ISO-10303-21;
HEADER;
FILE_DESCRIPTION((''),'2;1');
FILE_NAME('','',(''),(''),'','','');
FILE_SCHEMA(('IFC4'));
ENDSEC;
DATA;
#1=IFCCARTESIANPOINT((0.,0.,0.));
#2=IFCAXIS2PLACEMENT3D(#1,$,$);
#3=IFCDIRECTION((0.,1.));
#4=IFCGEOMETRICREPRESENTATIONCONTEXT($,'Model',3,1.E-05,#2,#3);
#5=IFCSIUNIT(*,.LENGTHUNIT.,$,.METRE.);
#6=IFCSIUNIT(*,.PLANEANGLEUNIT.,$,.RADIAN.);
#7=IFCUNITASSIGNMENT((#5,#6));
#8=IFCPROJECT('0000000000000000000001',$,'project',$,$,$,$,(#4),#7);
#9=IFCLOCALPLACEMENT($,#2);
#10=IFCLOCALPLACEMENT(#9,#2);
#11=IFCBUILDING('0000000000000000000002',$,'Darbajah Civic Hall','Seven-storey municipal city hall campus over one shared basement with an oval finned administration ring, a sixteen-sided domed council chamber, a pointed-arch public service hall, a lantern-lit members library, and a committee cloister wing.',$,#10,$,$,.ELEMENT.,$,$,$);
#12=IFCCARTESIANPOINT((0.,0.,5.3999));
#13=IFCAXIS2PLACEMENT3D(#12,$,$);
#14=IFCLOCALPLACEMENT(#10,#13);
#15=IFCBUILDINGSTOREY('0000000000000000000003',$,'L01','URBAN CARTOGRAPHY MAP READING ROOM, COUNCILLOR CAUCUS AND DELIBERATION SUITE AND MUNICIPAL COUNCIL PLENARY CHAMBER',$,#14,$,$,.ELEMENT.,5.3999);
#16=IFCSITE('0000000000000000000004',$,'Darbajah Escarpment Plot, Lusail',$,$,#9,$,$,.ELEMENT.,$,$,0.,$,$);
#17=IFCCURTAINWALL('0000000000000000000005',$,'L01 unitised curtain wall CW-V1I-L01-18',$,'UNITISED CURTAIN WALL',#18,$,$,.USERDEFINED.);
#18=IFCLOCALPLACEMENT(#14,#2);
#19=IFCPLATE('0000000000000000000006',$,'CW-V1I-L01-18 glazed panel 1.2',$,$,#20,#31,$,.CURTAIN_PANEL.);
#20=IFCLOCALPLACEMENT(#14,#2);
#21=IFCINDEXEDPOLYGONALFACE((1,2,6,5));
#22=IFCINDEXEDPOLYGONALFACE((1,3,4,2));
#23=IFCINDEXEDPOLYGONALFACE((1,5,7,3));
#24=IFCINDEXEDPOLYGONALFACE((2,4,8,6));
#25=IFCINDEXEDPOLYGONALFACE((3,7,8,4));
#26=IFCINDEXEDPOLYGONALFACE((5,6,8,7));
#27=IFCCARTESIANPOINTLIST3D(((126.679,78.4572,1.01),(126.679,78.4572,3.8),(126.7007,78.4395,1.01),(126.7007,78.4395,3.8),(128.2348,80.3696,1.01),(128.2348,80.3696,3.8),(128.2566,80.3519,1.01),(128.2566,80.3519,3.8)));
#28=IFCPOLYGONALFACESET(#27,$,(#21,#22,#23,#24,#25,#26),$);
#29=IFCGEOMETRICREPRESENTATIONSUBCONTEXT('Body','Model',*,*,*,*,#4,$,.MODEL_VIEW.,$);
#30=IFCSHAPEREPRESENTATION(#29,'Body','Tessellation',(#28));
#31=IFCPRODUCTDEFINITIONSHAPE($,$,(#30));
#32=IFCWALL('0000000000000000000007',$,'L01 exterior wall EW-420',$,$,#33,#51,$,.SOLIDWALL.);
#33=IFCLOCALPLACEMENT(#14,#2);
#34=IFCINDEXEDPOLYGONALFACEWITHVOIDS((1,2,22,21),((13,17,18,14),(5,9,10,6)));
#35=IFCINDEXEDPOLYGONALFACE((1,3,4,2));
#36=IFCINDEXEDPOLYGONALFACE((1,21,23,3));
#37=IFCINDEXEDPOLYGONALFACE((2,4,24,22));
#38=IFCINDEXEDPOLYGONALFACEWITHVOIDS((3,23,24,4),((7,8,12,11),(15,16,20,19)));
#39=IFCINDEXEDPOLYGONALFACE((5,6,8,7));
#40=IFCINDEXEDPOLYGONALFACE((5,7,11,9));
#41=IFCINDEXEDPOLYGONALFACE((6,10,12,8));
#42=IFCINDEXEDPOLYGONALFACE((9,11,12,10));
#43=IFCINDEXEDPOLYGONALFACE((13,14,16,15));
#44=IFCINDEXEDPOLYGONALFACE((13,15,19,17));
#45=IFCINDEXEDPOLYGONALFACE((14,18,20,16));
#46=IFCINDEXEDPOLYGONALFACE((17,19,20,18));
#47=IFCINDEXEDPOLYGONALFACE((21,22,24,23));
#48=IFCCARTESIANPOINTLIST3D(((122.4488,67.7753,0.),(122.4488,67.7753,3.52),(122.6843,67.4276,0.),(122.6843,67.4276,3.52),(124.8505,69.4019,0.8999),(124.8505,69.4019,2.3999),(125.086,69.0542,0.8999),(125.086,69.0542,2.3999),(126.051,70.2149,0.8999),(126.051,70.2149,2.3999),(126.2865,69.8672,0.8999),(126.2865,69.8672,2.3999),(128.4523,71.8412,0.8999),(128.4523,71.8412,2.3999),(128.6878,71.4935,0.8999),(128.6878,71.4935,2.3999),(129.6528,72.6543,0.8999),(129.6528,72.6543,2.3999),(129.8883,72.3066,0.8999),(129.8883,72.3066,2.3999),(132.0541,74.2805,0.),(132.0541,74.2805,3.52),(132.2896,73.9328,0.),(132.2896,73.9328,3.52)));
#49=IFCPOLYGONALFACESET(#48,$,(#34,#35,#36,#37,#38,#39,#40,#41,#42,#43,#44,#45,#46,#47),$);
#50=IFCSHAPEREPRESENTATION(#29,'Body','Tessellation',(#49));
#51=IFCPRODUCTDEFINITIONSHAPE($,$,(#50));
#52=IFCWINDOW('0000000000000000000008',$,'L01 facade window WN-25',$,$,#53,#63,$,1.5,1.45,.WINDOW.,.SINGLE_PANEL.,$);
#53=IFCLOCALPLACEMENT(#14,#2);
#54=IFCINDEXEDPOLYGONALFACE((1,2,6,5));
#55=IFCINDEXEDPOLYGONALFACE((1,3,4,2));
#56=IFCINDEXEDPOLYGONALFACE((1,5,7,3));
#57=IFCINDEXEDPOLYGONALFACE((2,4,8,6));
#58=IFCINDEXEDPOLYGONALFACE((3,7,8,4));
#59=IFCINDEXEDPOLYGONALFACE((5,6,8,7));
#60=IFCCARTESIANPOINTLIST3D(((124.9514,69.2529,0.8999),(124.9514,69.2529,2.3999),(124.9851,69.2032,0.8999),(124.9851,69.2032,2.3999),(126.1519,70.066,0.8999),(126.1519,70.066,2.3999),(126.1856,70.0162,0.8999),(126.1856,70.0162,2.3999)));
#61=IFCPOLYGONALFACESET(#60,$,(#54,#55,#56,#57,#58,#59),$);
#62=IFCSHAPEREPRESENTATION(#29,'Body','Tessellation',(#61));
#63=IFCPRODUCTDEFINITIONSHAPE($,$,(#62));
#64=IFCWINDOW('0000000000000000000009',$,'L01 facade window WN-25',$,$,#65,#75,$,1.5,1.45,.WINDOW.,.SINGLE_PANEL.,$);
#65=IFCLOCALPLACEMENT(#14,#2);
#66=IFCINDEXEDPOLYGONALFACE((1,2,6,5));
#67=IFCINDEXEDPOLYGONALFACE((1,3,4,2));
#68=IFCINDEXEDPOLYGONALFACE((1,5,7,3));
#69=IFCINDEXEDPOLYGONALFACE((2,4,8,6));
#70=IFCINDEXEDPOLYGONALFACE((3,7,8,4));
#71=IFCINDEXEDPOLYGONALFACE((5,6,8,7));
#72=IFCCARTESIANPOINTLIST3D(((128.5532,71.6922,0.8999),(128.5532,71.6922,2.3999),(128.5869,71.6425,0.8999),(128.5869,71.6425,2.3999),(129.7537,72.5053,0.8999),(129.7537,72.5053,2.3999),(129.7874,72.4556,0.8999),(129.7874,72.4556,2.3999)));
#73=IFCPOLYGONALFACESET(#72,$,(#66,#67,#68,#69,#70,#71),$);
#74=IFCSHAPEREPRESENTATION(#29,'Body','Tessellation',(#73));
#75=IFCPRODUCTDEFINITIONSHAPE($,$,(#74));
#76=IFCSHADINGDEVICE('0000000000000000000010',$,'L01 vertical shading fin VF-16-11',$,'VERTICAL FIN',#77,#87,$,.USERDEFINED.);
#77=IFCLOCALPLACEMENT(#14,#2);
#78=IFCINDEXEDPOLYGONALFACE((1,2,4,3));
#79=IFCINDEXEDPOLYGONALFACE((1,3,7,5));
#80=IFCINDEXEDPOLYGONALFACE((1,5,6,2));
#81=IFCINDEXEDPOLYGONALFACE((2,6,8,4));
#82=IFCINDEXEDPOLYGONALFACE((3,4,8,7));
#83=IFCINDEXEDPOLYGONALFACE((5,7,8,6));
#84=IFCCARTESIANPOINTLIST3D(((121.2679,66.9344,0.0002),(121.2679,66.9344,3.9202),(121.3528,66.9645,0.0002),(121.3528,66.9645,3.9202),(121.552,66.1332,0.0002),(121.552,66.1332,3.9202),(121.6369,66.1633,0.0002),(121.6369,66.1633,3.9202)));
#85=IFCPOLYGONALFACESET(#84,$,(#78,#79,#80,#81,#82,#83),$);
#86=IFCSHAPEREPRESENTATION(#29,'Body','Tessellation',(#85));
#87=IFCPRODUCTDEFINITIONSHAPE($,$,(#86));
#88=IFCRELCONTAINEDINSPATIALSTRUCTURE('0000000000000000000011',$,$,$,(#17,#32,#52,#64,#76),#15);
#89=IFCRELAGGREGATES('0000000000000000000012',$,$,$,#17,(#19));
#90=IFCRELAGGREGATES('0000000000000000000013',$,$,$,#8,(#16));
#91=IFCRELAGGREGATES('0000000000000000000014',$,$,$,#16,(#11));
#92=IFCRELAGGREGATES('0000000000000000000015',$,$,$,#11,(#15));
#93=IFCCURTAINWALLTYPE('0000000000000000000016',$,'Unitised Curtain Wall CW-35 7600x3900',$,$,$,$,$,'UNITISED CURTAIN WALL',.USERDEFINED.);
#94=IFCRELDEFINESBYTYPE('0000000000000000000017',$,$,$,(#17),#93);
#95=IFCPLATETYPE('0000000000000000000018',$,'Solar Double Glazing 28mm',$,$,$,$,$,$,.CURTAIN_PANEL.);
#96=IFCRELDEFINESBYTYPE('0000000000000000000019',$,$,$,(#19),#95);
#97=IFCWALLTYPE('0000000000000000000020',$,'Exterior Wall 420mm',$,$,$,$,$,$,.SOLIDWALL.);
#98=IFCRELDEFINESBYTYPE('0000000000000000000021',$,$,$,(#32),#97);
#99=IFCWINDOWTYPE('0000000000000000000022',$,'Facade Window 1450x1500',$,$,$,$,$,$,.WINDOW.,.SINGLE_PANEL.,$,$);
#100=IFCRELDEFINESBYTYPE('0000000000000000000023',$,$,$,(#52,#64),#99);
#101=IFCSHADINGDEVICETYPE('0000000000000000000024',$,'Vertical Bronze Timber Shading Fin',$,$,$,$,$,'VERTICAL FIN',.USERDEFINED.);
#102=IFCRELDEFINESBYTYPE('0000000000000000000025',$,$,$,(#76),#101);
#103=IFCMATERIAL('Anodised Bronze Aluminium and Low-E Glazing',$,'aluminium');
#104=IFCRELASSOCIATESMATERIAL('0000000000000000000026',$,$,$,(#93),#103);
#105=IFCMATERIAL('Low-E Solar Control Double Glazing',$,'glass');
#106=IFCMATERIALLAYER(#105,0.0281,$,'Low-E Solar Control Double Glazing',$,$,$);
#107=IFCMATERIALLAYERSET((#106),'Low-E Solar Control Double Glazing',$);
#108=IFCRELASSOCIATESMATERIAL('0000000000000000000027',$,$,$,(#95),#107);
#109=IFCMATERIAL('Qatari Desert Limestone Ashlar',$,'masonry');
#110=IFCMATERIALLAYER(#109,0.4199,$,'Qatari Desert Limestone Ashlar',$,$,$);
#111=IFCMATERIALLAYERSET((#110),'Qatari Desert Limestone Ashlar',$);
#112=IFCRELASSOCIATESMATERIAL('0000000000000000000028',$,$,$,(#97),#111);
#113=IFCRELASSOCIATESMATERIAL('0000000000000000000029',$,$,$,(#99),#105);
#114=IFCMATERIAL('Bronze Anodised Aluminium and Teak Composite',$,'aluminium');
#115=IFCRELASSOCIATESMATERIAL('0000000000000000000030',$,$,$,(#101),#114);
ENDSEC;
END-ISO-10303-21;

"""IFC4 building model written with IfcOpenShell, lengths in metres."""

from ifc_helpers import new_model, si_unit, direction, frame, frame_2d, origin, origin_2d, place, context, subcontext, project, spatial, rectangle, extrude, material, layer, layer_set, type_object, element, fill, aggregate, save


model = new_model("IFC4")

# Units and contexts
model_context = context("Model", 3, precision=1e-05, world=origin(), true_north=direction((0.0, 1.0)))
body_context = subcontext(model_context, "Body", "Model", "MODEL_VIEW")
ifc_project = project(units=[si_unit("LENGTHUNIT", "METRE"), si_unit("PLANEANGLEUNIT", "RADIAN")], contexts=[model_context])

# Site, building, storey
site_placement = place(None, origin())
site = spatial("IfcSite", under=ifc_project, at=site_placement, Name="Darbajah Escarpment Plot, Lusail", CompositionType="ELEMENT", RefElevation=0.0)
building_placement = place(site_placement, origin())
building = spatial("IfcBuilding", under=site, at=building_placement, Name="Darbajah Civic Hall", Description="Seven-storey municipal city hall campus over one shared basement with an oval finned administration ring, a sixteen-sided domed council chamber, a pointed-arch public service hall, a lantern-lit members library, and a committee cloister wing.", CompositionType="ELEMENT")
storey_placement = place(building_placement, frame((0.0, 0.0, 5.3999)))
storey = spatial("IfcBuildingStorey", under=building, at=storey_placement, Name="L01", Description="URBAN CARTOGRAPHY MAP READING ROOM, COUNCILLOR CAUCUS AND DELIBERATION SUITE AND MUNICIPAL COUNCIL PLENARY CHAMBER", CompositionType="ELEMENT", Elevation=5.3999)

# Shared definitions
ifc_material_1 = material(Name="Anodised Bronze Aluminium and Low-E Glazing", Category="aluminium")

# Curtain wall
curtain_wall_type_1 = type_object("IfcCurtainWallType", Name="Unitised Curtain Wall CW-35 7600x3900", ElementType="UNITISED CURTAIN WALL", PredefinedType="USERDEFINED", material=ifc_material_1)
curtain_wall_1_placement = place(storey_placement, origin())
curtain_wall_1 = element("IfcCurtainWall", 1, at=curtain_wall_1_placement, inside=storey, type_object=curtain_wall_type_1, Name="L01 unitised curtain wall CW-V1I-L01-18", ObjectType="UNITISED CURTAIN WALL", PredefinedType="USERDEFINED")

# Plate
ifc_material_2 = material(Name="Low-E Solar Control Double Glazing", Category="glass")
ifc_layer_1 = layer(ifc_material_2, 0.0281, Name="Low-E Solar Control Double Glazing")
ifc_layer_set_1 = layer_set([ifc_layer_1], Name="Low-E Solar Control Double Glazing")
plate_type = type_object("IfcPlateType", Name="Solar Double Glazing 28mm", PredefinedType="CURTAIN_PANEL", material=ifc_layer_set_1)
plate_1_placement = place(storey_placement, frame((127.4678, 79.4045, 1.01), z_axis=(0.0, 0.0, 1.0), x_axis=(0.631082, 0.775716, 0.0)))
plate_1 = element("IfcPlate", 2, at=plate_1_placement, type_object=plate_type, Name="CW-V1I-L01-18 glazed panel 1.2", PredefinedType="CURTAIN_PANEL", context=body_context, shape_type="SweptSolid", body=[
    extrude(rectangle(XDim=2.4653, YDim=0.0281, at=origin_2d()), origin(), (0.0, 0.0, 1.0), 2.79),
])
aggregate(curtain_wall_1, [plate_1])

# Wall, openings, windows
ifc_material_3 = material(Name="Qatari Desert Limestone Ashlar", Category="masonry")
ifc_layer_2 = layer(ifc_material_3, 0.4199, Name="Qatari Desert Limestone Ashlar")
ifc_layer_set_2 = layer_set([ifc_layer_2], Name="Qatari Desert Limestone Ashlar")
wall_type = type_object("IfcWallType", Name="Exterior Wall 420mm", PredefinedType="SOLIDWALL", material=ifc_layer_set_2)
wall_placement = place(storey_placement, frame((122.5667, 67.6016, 0.0), z_axis=(0.0, 0.0, 1.0), x_axis=(0.827984, 0.560751, 0.0)))
wall = element("IfcWall", 3, at=wall_placement, inside=storey, type_object=wall_type, Name="L01 exterior wall EW-420", PredefinedType="SOLIDWALL", context=body_context, shape_type="SweptSolid", body=[
    extrude(rectangle(XDim=11.6008, YDim=0.4199, at=frame_2d((5.8003, 0.0))), origin(), (0.0, 0.0, 1.0), 3.52),
])
opening_1_placement = place(wall_placement, frame((2.9004, 0.0, 0.8999)))
opening_1 = element("IfcOpeningElement", 4, at=opening_1_placement, cuts=wall, PredefinedType="OPENING", context=body_context, shape_type="SweptSolid", body=[
    extrude(rectangle(XDim=1.45, YDim=1.5, at=frame_2d((0.7251, 0.75))), frame((0.0, 0.22, 0.0), z_axis=(0.0, -1.0, 0.0), x_axis=(1.0, 0.0, 0.0)), (0.0, 0.0, 1.0), 0.4399),
])
opening_2_placement = place(wall_placement, frame((7.2505, 0.0, 0.8999)))
opening_2 = element("IfcOpeningElement", 5, at=opening_2_placement, cuts=wall, PredefinedType="OPENING", context=body_context, shape_type="SweptSolid", body=[
    extrude(rectangle(XDim=1.45, YDim=1.5, at=frame_2d((0.7251, 0.75))), frame((0.0, 0.22, 0.0), z_axis=(0.0, -1.0, 0.0), x_axis=(1.0, 0.0, 0.0)), (0.0, 0.0, 1.0), 0.4399),
])
window_type = type_object("IfcWindowType", Name="Facade Window 1450x1500", PartitioningType="SINGLE_PANEL", PredefinedType="WINDOW", material=ifc_material_2)
window_1_placement = place(opening_1_placement, origin())
window_1 = element("IfcWindow", 6, at=window_1_placement, inside=storey, type_object=window_type, Name="L01 facade window WN-25", OverallHeight=1.5, OverallWidth=1.45, PartitioningType="SINGLE_PANEL", PredefinedType="WINDOW", context=body_context, shape_type="SweptSolid", body=[
    extrude(rectangle(XDim=1.45, YDim=1.5, at=frame_2d((0.7251, 0.75))), frame((0.0, 0.03, 0.0), z_axis=(0.0, -1.0, 0.0), x_axis=(1.0, 0.0, 0.0)), (0.0, 0.0, 1.0), 0.0601),
])
fill(opening_1, window_1)
window_2_placement = place(opening_2_placement, origin())
window_2 = element("IfcWindow", 7, at=window_2_placement, inside=storey, type_object=window_type, Name="L01 facade window WN-25", OverallHeight=1.5, OverallWidth=1.45, PartitioningType="SINGLE_PANEL", PredefinedType="WINDOW", context=body_context, shape_type="SweptSolid", body=[
    extrude(rectangle(XDim=1.45, YDim=1.5, at=frame_2d((0.7251, 0.75))), frame((0.0, 0.03, 0.0), z_axis=(0.0, -1.0, 0.0), x_axis=(1.0, 0.0, 0.0)), (0.0, 0.0, 1.0), 0.0601),
])
fill(opening_2, window_2)

# Shading device
ifc_material_4 = material(Name="Bronze Anodised Aluminium and Teak Composite", Category="aluminium")
shading_device_type = type_object("IfcShadingDeviceType", Name="Vertical Bronze Timber Shading Fin", ElementType="VERTICAL FIN", PredefinedType="USERDEFINED", material=ifc_material_4)
shading_device_placement = place(storey_placement, frame((121.4524, 66.5488, 0.0002), z_axis=(0.0, 0.0, 1.0), x_axis=(0.334136, -0.942525, 0.0)))
element("IfcShadingDevice", 8, at=shading_device_placement, inside=storey, type_object=shading_device_type, Name="L01 vertical shading fin VF-16-11", ObjectType="VERTICAL FIN", PredefinedType="USERDEFINED", context=body_context, shape_type="SweptSolid", body=[
    extrude(rectangle(XDim=0.8501, YDim=0.0901, at=origin_2d()), origin(), (0.0, 0.0, 1.0), 3.9199),
])

save(model, "model.ifc")
